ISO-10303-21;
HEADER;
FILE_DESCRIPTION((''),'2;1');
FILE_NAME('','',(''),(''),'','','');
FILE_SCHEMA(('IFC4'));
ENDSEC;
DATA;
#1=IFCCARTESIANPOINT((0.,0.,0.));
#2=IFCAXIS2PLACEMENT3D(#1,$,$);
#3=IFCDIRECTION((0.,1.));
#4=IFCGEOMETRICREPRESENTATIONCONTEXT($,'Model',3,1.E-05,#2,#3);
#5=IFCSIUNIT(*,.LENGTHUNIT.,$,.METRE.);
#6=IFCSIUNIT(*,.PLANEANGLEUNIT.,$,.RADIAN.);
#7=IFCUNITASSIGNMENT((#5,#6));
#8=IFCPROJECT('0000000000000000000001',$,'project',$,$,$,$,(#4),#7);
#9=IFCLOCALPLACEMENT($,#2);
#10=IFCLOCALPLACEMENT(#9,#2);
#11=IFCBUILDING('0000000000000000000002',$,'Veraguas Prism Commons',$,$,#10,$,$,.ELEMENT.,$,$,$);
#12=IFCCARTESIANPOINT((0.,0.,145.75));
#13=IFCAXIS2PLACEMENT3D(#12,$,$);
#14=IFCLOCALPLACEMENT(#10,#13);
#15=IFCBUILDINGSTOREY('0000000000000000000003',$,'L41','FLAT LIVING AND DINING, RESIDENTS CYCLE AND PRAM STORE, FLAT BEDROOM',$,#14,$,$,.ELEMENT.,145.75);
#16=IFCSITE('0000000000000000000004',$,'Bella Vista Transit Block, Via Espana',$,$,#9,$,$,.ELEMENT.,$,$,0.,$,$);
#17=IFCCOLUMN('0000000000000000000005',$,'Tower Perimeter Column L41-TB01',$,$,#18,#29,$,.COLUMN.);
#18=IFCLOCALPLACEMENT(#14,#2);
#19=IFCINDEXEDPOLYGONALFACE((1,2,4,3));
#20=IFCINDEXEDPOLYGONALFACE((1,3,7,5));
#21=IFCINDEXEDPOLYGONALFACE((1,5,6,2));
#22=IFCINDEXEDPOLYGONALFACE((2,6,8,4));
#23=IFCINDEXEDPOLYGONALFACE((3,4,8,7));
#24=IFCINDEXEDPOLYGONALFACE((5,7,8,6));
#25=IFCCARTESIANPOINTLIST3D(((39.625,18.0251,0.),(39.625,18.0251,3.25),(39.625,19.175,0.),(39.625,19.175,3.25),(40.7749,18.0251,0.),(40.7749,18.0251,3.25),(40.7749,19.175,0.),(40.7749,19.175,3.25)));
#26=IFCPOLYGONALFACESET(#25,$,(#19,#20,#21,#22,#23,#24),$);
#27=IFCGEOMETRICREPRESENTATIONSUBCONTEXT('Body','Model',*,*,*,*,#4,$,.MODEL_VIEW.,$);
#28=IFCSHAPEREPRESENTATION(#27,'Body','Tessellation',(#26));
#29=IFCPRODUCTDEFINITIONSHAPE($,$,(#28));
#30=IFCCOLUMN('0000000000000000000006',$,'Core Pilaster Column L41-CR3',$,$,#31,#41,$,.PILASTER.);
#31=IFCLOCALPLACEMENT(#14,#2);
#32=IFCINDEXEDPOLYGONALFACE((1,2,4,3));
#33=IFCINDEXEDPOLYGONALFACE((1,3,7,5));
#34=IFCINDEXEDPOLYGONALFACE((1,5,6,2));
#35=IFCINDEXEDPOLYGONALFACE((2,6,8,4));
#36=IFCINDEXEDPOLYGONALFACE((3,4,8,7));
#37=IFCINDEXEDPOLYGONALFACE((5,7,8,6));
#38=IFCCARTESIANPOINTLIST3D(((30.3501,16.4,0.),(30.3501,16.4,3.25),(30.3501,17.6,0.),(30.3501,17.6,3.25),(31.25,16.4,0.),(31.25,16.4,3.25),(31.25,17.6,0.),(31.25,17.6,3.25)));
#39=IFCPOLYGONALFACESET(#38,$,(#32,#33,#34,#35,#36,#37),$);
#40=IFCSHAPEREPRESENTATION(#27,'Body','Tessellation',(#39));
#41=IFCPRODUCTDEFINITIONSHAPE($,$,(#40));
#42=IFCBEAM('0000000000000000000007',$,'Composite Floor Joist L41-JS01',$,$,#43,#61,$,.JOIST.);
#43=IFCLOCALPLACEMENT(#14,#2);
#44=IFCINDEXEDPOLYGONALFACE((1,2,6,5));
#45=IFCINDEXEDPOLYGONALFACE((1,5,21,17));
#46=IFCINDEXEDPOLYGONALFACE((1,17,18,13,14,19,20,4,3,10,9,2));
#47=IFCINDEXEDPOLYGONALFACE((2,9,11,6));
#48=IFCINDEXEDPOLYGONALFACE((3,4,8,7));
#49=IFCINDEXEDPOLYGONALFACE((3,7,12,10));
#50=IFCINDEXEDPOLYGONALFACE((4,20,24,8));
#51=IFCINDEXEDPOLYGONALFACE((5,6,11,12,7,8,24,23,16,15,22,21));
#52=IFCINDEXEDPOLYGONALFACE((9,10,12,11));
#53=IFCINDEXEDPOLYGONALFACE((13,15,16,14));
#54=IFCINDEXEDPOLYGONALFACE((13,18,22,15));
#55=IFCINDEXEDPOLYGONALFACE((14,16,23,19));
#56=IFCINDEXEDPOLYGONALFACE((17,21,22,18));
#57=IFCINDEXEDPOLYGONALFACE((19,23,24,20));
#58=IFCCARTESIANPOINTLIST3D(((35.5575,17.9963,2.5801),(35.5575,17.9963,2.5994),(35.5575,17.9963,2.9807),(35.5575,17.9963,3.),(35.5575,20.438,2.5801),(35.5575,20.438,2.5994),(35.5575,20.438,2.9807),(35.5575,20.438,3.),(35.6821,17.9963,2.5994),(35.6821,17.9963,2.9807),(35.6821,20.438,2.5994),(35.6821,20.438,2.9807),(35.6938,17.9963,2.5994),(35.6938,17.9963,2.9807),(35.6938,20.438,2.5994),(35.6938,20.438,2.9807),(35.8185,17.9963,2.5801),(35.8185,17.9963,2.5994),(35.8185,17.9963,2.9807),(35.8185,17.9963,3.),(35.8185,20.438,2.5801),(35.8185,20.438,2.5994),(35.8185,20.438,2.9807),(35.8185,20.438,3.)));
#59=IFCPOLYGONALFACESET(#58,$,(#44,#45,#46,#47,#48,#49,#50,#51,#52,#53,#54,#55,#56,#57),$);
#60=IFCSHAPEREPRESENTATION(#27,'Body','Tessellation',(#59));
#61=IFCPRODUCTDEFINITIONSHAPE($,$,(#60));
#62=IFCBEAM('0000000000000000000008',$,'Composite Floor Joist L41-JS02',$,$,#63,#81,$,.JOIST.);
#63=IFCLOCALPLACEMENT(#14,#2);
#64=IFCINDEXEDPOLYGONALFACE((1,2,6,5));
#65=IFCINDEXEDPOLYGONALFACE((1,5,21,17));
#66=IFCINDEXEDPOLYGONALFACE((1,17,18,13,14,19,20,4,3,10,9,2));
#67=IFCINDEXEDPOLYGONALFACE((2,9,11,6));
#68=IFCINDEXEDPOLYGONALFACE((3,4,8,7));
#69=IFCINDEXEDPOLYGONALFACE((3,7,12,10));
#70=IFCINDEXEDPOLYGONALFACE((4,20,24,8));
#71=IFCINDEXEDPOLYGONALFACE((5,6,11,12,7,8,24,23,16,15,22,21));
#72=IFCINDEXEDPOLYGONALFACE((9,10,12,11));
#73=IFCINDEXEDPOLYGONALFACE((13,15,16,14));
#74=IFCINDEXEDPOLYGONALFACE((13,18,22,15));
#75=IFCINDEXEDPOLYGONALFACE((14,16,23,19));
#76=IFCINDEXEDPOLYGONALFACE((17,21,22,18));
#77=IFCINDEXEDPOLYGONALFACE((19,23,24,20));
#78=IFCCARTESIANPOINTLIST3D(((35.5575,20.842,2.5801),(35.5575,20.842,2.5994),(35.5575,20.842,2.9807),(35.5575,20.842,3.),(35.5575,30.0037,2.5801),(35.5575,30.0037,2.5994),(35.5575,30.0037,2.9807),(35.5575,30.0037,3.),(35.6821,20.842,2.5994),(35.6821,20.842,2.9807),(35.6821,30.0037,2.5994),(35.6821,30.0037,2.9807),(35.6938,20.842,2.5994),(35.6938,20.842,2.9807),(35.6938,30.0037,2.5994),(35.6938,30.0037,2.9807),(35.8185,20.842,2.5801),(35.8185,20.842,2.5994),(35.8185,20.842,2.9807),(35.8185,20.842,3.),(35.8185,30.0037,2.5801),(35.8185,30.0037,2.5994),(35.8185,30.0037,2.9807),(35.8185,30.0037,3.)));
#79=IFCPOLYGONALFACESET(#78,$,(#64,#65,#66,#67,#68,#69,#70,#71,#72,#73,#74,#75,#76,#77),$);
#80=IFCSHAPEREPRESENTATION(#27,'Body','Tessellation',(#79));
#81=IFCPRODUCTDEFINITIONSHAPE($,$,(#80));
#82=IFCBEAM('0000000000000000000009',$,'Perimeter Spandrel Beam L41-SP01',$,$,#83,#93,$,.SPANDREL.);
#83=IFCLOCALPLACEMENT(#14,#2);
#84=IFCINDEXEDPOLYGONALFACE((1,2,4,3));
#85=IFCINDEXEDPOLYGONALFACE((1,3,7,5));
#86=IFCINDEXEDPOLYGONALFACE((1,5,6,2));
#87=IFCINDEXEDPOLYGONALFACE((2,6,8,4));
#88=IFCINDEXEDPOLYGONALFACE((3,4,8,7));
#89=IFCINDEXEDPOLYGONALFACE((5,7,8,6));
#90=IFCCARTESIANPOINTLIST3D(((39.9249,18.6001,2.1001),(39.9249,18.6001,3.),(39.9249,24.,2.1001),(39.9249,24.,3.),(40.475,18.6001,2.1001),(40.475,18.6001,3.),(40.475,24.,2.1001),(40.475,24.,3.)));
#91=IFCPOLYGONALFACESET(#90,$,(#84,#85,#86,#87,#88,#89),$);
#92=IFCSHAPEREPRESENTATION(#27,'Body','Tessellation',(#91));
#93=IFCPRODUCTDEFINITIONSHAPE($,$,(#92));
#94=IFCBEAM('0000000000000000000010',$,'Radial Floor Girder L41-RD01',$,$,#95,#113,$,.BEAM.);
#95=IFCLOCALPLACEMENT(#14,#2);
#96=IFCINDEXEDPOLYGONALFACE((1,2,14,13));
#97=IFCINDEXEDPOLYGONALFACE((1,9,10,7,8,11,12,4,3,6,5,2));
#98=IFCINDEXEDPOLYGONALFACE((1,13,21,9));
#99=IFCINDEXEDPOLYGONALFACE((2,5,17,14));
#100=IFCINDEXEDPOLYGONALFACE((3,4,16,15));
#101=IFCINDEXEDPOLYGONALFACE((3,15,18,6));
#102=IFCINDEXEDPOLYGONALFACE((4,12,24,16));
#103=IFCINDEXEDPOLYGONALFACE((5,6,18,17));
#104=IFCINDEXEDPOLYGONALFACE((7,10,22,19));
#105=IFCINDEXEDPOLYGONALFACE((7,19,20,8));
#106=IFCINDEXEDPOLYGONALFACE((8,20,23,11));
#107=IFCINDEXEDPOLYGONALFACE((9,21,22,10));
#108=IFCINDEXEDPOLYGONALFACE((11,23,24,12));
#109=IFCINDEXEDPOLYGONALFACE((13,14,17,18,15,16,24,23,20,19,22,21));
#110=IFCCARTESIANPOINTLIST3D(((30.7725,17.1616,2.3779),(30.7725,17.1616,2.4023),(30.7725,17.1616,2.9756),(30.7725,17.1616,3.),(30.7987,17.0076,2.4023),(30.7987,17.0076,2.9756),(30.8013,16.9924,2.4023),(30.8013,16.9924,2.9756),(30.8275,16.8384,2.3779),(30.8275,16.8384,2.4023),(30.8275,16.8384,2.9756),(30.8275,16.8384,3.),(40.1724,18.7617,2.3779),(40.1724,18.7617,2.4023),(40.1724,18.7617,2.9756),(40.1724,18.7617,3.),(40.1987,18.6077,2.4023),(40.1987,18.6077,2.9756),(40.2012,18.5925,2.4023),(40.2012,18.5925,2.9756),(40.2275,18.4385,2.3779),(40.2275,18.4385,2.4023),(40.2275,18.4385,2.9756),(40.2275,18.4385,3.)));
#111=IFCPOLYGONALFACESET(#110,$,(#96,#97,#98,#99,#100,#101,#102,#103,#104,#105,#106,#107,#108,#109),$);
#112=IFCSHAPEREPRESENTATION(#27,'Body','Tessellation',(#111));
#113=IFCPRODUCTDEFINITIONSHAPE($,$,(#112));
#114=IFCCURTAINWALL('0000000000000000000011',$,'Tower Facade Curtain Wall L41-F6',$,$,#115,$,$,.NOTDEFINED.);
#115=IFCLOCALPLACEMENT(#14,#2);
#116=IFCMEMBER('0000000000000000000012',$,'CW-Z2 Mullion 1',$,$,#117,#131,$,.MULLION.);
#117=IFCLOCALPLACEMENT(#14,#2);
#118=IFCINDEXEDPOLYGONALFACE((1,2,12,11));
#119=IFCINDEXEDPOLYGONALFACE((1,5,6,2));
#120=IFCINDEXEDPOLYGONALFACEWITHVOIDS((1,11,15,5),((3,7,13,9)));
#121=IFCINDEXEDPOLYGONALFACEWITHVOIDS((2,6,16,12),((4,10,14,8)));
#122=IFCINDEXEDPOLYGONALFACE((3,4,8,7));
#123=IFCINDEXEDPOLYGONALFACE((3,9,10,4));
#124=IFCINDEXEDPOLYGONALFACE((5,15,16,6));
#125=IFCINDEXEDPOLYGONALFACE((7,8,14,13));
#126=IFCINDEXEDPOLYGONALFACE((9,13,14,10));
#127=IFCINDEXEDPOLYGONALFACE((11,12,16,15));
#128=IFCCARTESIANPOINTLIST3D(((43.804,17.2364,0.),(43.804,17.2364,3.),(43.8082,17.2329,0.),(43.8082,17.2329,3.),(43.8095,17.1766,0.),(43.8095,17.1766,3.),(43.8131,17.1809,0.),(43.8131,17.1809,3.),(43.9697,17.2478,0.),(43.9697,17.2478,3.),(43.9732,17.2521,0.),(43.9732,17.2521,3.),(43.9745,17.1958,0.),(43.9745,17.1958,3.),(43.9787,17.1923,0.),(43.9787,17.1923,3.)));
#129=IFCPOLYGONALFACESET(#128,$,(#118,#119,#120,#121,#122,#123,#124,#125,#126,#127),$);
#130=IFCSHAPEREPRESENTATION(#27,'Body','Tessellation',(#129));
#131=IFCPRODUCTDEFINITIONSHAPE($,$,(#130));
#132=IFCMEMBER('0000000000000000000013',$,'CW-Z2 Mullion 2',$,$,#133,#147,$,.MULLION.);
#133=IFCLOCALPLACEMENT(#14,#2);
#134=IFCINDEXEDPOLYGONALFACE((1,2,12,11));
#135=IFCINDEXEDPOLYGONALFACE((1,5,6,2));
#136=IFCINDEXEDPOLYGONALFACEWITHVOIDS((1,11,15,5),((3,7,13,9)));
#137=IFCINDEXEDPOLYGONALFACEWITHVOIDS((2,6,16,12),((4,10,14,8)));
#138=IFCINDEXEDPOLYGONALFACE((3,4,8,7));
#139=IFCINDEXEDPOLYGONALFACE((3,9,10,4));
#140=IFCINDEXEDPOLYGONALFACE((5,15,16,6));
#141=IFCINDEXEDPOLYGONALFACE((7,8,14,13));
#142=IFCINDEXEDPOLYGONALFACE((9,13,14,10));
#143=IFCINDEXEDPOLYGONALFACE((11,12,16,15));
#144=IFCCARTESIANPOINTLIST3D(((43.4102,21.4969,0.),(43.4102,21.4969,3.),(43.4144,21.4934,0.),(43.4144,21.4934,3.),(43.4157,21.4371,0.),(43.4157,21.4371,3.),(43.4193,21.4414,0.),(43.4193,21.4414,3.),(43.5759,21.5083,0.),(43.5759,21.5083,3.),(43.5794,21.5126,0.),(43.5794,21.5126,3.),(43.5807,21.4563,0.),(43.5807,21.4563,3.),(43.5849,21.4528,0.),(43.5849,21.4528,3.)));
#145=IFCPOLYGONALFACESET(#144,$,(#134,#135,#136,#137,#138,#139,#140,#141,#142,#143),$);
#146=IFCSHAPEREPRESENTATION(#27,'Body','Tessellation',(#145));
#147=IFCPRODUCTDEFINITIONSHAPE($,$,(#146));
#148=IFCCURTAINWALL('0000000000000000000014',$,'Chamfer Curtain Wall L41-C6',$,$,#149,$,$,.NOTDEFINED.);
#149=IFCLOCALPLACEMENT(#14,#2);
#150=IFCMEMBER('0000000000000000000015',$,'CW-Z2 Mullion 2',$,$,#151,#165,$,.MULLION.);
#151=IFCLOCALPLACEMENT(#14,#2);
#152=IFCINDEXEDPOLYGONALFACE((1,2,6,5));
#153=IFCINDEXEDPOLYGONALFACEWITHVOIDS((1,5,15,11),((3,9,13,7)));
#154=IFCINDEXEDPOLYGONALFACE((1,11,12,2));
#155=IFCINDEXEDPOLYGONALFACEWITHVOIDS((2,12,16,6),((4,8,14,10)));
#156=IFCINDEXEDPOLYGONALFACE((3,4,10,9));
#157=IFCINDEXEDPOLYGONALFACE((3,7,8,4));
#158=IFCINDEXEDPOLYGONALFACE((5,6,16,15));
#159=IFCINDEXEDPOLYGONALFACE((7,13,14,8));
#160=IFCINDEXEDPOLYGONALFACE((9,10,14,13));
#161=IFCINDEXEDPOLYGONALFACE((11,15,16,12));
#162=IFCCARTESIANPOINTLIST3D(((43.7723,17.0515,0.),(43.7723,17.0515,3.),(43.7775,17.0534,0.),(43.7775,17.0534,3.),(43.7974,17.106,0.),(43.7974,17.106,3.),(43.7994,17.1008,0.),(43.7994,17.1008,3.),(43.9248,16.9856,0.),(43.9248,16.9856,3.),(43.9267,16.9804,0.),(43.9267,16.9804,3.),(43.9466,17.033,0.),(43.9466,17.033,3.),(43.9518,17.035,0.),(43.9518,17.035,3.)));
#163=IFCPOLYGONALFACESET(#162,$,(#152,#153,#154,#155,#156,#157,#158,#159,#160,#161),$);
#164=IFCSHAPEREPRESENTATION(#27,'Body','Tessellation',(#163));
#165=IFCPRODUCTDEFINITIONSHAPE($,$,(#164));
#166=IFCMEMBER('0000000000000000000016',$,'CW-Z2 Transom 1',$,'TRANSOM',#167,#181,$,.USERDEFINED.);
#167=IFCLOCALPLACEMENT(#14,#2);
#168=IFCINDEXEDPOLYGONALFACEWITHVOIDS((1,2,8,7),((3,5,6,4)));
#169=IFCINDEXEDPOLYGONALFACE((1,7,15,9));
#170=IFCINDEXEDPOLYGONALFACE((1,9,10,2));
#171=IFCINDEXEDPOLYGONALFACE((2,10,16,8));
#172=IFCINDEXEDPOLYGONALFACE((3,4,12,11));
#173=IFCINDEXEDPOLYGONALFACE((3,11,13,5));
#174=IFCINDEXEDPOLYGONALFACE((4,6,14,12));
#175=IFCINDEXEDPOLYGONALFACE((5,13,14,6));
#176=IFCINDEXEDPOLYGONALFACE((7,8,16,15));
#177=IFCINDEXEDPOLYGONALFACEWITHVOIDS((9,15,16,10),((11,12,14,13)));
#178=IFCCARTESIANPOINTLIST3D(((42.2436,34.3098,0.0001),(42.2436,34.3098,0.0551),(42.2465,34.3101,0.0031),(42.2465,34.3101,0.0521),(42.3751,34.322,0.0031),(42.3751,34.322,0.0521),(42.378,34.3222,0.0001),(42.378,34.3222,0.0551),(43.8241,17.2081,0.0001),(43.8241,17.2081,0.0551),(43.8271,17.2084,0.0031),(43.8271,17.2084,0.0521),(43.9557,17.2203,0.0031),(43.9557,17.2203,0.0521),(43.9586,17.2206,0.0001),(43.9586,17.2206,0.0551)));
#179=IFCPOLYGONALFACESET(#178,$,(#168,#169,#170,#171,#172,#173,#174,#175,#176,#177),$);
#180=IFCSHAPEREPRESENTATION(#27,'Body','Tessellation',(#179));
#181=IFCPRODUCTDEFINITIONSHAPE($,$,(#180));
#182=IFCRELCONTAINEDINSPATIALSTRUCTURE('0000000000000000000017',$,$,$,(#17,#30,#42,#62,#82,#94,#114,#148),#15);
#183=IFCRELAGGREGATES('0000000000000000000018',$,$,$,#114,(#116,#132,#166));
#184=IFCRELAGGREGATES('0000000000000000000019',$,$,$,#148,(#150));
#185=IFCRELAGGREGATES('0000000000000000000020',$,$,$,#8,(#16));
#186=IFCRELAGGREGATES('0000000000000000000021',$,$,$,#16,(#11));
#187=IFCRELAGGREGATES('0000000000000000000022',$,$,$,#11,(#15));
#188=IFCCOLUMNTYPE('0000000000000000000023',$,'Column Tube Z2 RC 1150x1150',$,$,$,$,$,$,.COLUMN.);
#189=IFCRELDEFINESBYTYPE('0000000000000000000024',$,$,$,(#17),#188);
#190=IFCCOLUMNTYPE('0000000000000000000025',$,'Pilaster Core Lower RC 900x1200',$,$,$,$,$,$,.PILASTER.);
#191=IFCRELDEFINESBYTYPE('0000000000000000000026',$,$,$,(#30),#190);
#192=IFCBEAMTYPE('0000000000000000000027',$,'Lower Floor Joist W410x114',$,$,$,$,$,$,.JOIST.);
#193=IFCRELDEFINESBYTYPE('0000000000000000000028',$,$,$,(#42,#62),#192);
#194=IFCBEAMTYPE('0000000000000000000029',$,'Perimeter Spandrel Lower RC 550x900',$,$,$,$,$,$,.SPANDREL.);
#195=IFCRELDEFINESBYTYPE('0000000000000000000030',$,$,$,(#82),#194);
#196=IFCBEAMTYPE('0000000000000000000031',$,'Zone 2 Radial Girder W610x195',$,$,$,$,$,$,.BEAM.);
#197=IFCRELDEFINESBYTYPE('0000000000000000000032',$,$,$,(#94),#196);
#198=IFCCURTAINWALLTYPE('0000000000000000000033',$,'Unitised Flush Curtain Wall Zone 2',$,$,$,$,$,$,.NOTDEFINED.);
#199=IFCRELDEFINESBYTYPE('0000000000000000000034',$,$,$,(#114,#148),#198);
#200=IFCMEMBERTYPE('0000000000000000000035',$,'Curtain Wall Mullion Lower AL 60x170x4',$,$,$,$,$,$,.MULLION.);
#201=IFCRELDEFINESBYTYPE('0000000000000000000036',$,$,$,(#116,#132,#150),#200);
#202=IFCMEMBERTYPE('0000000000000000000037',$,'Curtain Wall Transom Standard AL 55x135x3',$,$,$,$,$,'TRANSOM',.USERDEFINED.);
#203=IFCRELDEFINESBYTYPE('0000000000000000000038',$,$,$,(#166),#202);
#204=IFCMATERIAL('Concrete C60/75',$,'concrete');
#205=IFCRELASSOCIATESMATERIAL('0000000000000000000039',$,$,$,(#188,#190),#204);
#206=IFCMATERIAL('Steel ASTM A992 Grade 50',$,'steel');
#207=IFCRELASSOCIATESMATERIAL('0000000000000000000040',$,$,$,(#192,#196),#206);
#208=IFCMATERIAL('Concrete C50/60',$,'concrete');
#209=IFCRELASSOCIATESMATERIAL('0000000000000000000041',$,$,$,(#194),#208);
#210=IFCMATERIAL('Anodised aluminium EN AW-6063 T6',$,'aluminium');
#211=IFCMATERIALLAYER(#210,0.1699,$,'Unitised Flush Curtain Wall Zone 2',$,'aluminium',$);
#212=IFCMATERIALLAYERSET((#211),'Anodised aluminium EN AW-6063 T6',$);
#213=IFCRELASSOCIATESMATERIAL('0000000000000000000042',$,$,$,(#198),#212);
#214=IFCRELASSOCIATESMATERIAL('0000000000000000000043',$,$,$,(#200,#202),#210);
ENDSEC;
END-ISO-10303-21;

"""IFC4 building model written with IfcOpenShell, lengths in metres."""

from ifc_helpers import new_model, si_unit, direction, frame, origin, origin_2d, place, context, subcontext, project, spatial, rectangle, hollow_rectangle, i_section, extrude, source, transform, mapped, material, layer, layer_set, material_profile, profile_set, type_object, element, aggregate, save


model = new_model("IFC4")

# Units and contexts
model_context = context("Model", 3, precision=1e-05, world=origin(), true_north=direction((0.0, 1.0)))
body_context = subcontext(model_context, "Body", "Model", "MODEL_VIEW")
ifc_project = project(units=[si_unit("LENGTHUNIT", "METRE"), si_unit("PLANEANGLEUNIT", "RADIAN")], contexts=[model_context])

# Site, building, storey
site_placement = place(None, origin())
site = spatial("IfcSite", under=ifc_project, at=site_placement, Name="Bella Vista Transit Block, Via Espana", CompositionType="ELEMENT", RefElevation=0.0)
building_placement = place(site_placement, origin())
building = spatial("IfcBuilding", under=site, at=building_placement, Name="Veraguas Prism Commons", CompositionType="ELEMENT")
storey_placement = place(building_placement, frame((0.0, 0.0, 145.75)))
storey = spatial("IfcBuildingStorey", under=building, at=storey_placement, Name="L41", Description="FLAT LIVING AND DINING, RESIDENTS CYCLE AND PRAM STORE, FLAT BEDROOM", CompositionType="ELEMENT", Elevation=145.75)

# Columns
ifc_material_1 = material(Name="Concrete C60/75", Category="concrete")
ifc_material_profile_1 = material_profile(ifc_material_1, rectangle(XDim=1.1499, YDim=1.1499, at=origin_2d()), Name="RC1150X1150")
ifc_profile_set_1 = profile_set([ifc_material_profile_1], Name="Concrete C60/75")
column_type_1 = type_object("IfcColumnType", Name="Column Tube Z2 RC 1150x1150", PredefinedType="COLUMN", material=ifc_profile_set_1)
column_1_placement = place(storey_placement, frame((40.2, 18.6001, 0.0), z_axis=(0.0, 0.0, 1.0), x_axis=(1.0, 0.0, 0.0)))
element("IfcColumn", 1, at=column_1_placement, inside=storey, type_object=column_type_1, Name="Tower Perimeter Column L41-TB01", PredefinedType="COLUMN", context=body_context, shape_type="SweptSolid", body=[
    extrude(rectangle(XDim=1.1499, YDim=1.1499, at=origin_2d()), origin(), (0.0, 0.0, 1.0), 3.25),
])
ifc_material_profile_2 = material_profile(ifc_material_1, rectangle(XDim=0.8999, YDim=1.2, at=origin_2d()), Name="RC900X1200")
ifc_profile_set_2 = profile_set([ifc_material_profile_2], Name="Concrete C60/75")
column_type_2 = type_object("IfcColumnType", Name="Pilaster Core Lower RC 900x1200", PredefinedType="PILASTER", material=ifc_profile_set_2)
column_2_placement = place(storey_placement, frame((30.8, 17.0, 0.0), z_axis=(0.0, 0.0, 1.0), x_axis=(1.0, 0.0, 0.0)))
element("IfcColumn", 2, at=column_2_placement, inside=storey, type_object=column_type_2, Name="Core Pilaster Column L41-CR3", PredefinedType="PILASTER", context=body_context, shape_type="SweptSolid", body=[
    extrude(rectangle(XDim=0.8999, YDim=1.2, at=origin_2d()), origin(), (0.0, 0.0, 1.0), 3.25),
])

# Beams
ifc_material_2 = material(Name="Steel ASTM A992 Grade 50", Category="steel")
ifc_material_profile_3 = material_profile(ifc_material_2, i_section(OverallWidth=0.261, OverallDepth=0.4199, WebThickness=0.0117, FlangeThickness=0.0193, at=origin_2d()), Name="W410X114")
ifc_profile_set_3 = profile_set([ifc_material_profile_3], Name="Steel ASTM A992 Grade 50")
beam_type_1 = type_object("IfcBeamType", Name="Lower Floor Joist W410x114", PredefinedType="JOIST", material=ifc_profile_set_3)
beam_1_placement = place(storey_placement, frame((35.688, 17.9963, 2.79), z_axis=(0.0, 1.0, 0.0), x_axis=(-1.0, 0.0, 0.0)))
element("IfcBeam", 3, at=beam_1_placement, inside=storey, type_object=beam_type_1, Name="Composite Floor Joist L41-JS01", PredefinedType="JOIST", context=body_context, shape_type="SweptSolid", body=[
    extrude(i_section(OverallWidth=0.261, OverallDepth=0.4199, WebThickness=0.0117, FlangeThickness=0.0193, at=origin_2d()), origin(), (0.0, 0.0, 1.0), 2.4417),
])
beam_2_placement = place(storey_placement, frame((35.688, 20.842, 2.79), z_axis=(0.0, 1.0, 0.0), x_axis=(-1.0, 0.0, 0.0)))
element("IfcBeam", 4, at=beam_2_placement, inside=storey, type_object=beam_type_1, Name="Composite Floor Joist L41-JS02", PredefinedType="JOIST", context=body_context, shape_type="SweptSolid", body=[
    extrude(i_section(OverallWidth=0.261, OverallDepth=0.4199, WebThickness=0.0117, FlangeThickness=0.0193, at=origin_2d()), origin(), (0.0, 0.0, 1.0), 9.1616),
])
ifc_material_3 = material(Name="Concrete C50/60", Category="concrete")
ifc_material_profile_4 = material_profile(ifc_material_3, rectangle(XDim=0.55, YDim=0.8999, at=origin_2d()), Name="RC550X900")
ifc_profile_set_4 = profile_set([ifc_material_profile_4], Name="Concrete C50/60")
beam_type_2 = type_object("IfcBeamType", Name="Perimeter Spandrel Lower RC 550x900", PredefinedType="SPANDREL", material=ifc_profile_set_4)
beam_3_placement = place(storey_placement, frame((40.2, 18.6001, 2.55), z_axis=(0.0, 1.0, 0.0), x_axis=(-1.0, 0.0, 0.0)))
element("IfcBeam", 5, at=beam_3_placement, inside=storey, type_object=beam_type_2, Name="Perimeter Spandrel Beam L41-SP01", PredefinedType="SPANDREL", context=body_context, shape_type="SweptSolid", body=[
    extrude(rectangle(XDim=0.55, YDim=0.8999, at=origin_2d()), origin(), (0.0, 0.0, 1.0), 5.3999),
])
ifc_material_profile_5 = material_profile(ifc_material_2, i_section(OverallWidth=0.3279, OverallDepth=0.6221, WebThickness=0.0154, FlangeThickness=0.0244, at=origin_2d()), Name="W610X195")
ifc_profile_set_5 = profile_set([ifc_material_profile_5], Name="Steel ASTM A992 Grade 50")
beam_type_3 = type_object("IfcBeamType", Name="Zone 2 Radial Girder W610x195", PredefinedType="BEAM", material=ifc_profile_set_5)
beam_4_placement = place(storey_placement, frame((40.2, 18.6001, 2.689), z_axis=(-0.985819, -0.167811, 0.0), x_axis=(0.167811, -0.985819, 0.0)))
element("IfcBeam", 6, at=beam_4_placement, inside=storey, type_object=beam_type_3, Name="Radial Floor Girder L41-RD01", PredefinedType="BEAM", context=body_context, shape_type="SweptSolid", body=[
    extrude(i_section(OverallWidth=0.3279, OverallDepth=0.6221, WebThickness=0.0154, FlangeThickness=0.0244, at=origin_2d()), origin(), (0.0, 0.0, 1.0), 9.5352),
])

# Curtain wall, members
ifc_material_4 = material(Name="Anodised aluminium EN AW-6063 T6", Category="aluminium")
ifc_layer_1 = layer(ifc_material_4, 0.1699, Name="Unitised Flush Curtain Wall Zone 2", Category="aluminium")
ifc_layer_set_1 = layer_set([ifc_layer_1], Name="Anodised aluminium EN AW-6063 T6")
curtain_wall_type = type_object("IfcCurtainWallType", Name="Unitised Flush Curtain Wall Zone 2", PredefinedType="NOTDEFINED", material=ifc_layer_set_1)
curtain_wall_1_placement = place(storey_placement, origin())
curtain_wall_1 = element("IfcCurtainWall", 7, at=curtain_wall_1_placement, inside=storey, type_object=curtain_wall_type, Name="Tower Facade Curtain Wall L41-F6", PredefinedType="NOTDEFINED")
ifc_material_profile_6 = material_profile(ifc_material_4, hollow_rectangle(XDim=0.0601, YDim=0.1699, WallThickness=0.0039, at=origin_2d()), Name="AL60X170X4")
ifc_profile_set_6 = profile_set([ifc_material_profile_6], Name="Anodised aluminium EN AW-6063 T6")
member_type_1 = type_object("IfcMemberType", Name="Curtain Wall Mullion Lower AL 60x170x4", PredefinedType="MULLION", material=ifc_profile_set_6)
shared_shape_1 = source(origin(), body_context, "Body", "SweptSolid", [
    extrude(hollow_rectangle(XDim=0.0601, YDim=0.1699, WallThickness=0.0039, at=origin_2d()), origin(), (0.0, 0.0, 1.0), 3.0),
])
member_1_placement = place(storey_placement, frame((43.8914, 17.2144, 0.0), z_axis=(0.0, 0.0, 1.0), x_axis=(-0.092025, 0.995757, 0.0)))
member_1 = element("IfcMember", 8, at=member_1_placement, type_object=member_type_1, Name="CW-Z2 Mullion 1", PredefinedType="MULLION", context=body_context, shape_type="MappedRepresentation", body=[
    mapped(shared_shape_1, transform((0.0, 0.0, 0.0), scale=1.0)),
])
member_2_placement = place(storey_placement, frame((43.4976, 21.4749, 0.0), z_axis=(0.0, 0.0, 1.0), x_axis=(-0.092025, 0.995757, 0.0)))
member_2 = element("IfcMember", 9, at=member_2_placement, type_object=member_type_1, Name="CW-Z2 Mullion 2", PredefinedType="MULLION", context=body_context, shape_type="MappedRepresentation", body=[
    mapped(shared_shape_1, transform((0.0, 0.0, 0.0), scale=1.0)),
])

# Curtain wall, member
curtain_wall_2_placement = place(storey_placement, origin())
curtain_wall_2 = element("IfcCurtainWall", 10, at=curtain_wall_2_placement, inside=storey, type_object=curtain_wall_type, Name="Chamfer Curtain Wall L41-C6", PredefinedType="NOTDEFINED")
member_3_placement = place(storey_placement, frame((43.8621, 17.0432, 0.0), z_axis=(0.0, 0.0, 1.0), x_axis=(0.418181, 0.908364, 0.0)))
member_3 = element("IfcMember", 11, at=member_3_placement, type_object=member_type_1, Name="CW-Z2 Mullion 2", PredefinedType="MULLION", context=body_context, shape_type="MappedRepresentation", body=[
    mapped(shared_shape_1, transform((0.0, 0.0, 0.0), scale=1.0)),
])

# Member
ifc_material_profile_7 = material_profile(ifc_material_4, hollow_rectangle(XDim=0.0549, YDim=0.135, WallThickness=0.0029, at=origin_2d()), Name="AL55X135X3")
ifc_profile_set_7 = profile_set([ifc_material_profile_7], Name="Anodised aluminium EN AW-6063 T6")
member_type_2 = type_object("IfcMemberType", Name="Curtain Wall Transom Standard AL 55x135x3", ElementType="TRANSOM", PredefinedType="USERDEFINED", material=ifc_profile_set_7)
shared_shape_2 = source(origin(), body_context, "Body", "SweptSolid", [
    extrude(hollow_rectangle(XDim=0.0549, YDim=0.135, WallThickness=0.0029, at=origin_2d()), origin(), (0.0, 0.0, 1.0), 17.1746),
])
member_4_placement = place(storey_placement, frame((43.8914, 17.2144, 0.0276), z_axis=(-0.09203, 0.995756, 0.0), x_axis=(0.0, 0.0, 1.0)))
member_4 = element("IfcMember", 12, at=member_4_placement, type_object=member_type_2, Name="CW-Z2 Transom 1", ObjectType="TRANSOM", PredefinedType="USERDEFINED", context=body_context, shape_type="MappedRepresentation", body=[
    mapped(shared_shape_2, transform((0.0, 0.0, 0.0), scale=1.0)),
])

aggregate(curtain_wall_1, [member_1, member_2, member_4])
aggregate(curtain_wall_2, [member_3])

save(model, "model.ifc")
